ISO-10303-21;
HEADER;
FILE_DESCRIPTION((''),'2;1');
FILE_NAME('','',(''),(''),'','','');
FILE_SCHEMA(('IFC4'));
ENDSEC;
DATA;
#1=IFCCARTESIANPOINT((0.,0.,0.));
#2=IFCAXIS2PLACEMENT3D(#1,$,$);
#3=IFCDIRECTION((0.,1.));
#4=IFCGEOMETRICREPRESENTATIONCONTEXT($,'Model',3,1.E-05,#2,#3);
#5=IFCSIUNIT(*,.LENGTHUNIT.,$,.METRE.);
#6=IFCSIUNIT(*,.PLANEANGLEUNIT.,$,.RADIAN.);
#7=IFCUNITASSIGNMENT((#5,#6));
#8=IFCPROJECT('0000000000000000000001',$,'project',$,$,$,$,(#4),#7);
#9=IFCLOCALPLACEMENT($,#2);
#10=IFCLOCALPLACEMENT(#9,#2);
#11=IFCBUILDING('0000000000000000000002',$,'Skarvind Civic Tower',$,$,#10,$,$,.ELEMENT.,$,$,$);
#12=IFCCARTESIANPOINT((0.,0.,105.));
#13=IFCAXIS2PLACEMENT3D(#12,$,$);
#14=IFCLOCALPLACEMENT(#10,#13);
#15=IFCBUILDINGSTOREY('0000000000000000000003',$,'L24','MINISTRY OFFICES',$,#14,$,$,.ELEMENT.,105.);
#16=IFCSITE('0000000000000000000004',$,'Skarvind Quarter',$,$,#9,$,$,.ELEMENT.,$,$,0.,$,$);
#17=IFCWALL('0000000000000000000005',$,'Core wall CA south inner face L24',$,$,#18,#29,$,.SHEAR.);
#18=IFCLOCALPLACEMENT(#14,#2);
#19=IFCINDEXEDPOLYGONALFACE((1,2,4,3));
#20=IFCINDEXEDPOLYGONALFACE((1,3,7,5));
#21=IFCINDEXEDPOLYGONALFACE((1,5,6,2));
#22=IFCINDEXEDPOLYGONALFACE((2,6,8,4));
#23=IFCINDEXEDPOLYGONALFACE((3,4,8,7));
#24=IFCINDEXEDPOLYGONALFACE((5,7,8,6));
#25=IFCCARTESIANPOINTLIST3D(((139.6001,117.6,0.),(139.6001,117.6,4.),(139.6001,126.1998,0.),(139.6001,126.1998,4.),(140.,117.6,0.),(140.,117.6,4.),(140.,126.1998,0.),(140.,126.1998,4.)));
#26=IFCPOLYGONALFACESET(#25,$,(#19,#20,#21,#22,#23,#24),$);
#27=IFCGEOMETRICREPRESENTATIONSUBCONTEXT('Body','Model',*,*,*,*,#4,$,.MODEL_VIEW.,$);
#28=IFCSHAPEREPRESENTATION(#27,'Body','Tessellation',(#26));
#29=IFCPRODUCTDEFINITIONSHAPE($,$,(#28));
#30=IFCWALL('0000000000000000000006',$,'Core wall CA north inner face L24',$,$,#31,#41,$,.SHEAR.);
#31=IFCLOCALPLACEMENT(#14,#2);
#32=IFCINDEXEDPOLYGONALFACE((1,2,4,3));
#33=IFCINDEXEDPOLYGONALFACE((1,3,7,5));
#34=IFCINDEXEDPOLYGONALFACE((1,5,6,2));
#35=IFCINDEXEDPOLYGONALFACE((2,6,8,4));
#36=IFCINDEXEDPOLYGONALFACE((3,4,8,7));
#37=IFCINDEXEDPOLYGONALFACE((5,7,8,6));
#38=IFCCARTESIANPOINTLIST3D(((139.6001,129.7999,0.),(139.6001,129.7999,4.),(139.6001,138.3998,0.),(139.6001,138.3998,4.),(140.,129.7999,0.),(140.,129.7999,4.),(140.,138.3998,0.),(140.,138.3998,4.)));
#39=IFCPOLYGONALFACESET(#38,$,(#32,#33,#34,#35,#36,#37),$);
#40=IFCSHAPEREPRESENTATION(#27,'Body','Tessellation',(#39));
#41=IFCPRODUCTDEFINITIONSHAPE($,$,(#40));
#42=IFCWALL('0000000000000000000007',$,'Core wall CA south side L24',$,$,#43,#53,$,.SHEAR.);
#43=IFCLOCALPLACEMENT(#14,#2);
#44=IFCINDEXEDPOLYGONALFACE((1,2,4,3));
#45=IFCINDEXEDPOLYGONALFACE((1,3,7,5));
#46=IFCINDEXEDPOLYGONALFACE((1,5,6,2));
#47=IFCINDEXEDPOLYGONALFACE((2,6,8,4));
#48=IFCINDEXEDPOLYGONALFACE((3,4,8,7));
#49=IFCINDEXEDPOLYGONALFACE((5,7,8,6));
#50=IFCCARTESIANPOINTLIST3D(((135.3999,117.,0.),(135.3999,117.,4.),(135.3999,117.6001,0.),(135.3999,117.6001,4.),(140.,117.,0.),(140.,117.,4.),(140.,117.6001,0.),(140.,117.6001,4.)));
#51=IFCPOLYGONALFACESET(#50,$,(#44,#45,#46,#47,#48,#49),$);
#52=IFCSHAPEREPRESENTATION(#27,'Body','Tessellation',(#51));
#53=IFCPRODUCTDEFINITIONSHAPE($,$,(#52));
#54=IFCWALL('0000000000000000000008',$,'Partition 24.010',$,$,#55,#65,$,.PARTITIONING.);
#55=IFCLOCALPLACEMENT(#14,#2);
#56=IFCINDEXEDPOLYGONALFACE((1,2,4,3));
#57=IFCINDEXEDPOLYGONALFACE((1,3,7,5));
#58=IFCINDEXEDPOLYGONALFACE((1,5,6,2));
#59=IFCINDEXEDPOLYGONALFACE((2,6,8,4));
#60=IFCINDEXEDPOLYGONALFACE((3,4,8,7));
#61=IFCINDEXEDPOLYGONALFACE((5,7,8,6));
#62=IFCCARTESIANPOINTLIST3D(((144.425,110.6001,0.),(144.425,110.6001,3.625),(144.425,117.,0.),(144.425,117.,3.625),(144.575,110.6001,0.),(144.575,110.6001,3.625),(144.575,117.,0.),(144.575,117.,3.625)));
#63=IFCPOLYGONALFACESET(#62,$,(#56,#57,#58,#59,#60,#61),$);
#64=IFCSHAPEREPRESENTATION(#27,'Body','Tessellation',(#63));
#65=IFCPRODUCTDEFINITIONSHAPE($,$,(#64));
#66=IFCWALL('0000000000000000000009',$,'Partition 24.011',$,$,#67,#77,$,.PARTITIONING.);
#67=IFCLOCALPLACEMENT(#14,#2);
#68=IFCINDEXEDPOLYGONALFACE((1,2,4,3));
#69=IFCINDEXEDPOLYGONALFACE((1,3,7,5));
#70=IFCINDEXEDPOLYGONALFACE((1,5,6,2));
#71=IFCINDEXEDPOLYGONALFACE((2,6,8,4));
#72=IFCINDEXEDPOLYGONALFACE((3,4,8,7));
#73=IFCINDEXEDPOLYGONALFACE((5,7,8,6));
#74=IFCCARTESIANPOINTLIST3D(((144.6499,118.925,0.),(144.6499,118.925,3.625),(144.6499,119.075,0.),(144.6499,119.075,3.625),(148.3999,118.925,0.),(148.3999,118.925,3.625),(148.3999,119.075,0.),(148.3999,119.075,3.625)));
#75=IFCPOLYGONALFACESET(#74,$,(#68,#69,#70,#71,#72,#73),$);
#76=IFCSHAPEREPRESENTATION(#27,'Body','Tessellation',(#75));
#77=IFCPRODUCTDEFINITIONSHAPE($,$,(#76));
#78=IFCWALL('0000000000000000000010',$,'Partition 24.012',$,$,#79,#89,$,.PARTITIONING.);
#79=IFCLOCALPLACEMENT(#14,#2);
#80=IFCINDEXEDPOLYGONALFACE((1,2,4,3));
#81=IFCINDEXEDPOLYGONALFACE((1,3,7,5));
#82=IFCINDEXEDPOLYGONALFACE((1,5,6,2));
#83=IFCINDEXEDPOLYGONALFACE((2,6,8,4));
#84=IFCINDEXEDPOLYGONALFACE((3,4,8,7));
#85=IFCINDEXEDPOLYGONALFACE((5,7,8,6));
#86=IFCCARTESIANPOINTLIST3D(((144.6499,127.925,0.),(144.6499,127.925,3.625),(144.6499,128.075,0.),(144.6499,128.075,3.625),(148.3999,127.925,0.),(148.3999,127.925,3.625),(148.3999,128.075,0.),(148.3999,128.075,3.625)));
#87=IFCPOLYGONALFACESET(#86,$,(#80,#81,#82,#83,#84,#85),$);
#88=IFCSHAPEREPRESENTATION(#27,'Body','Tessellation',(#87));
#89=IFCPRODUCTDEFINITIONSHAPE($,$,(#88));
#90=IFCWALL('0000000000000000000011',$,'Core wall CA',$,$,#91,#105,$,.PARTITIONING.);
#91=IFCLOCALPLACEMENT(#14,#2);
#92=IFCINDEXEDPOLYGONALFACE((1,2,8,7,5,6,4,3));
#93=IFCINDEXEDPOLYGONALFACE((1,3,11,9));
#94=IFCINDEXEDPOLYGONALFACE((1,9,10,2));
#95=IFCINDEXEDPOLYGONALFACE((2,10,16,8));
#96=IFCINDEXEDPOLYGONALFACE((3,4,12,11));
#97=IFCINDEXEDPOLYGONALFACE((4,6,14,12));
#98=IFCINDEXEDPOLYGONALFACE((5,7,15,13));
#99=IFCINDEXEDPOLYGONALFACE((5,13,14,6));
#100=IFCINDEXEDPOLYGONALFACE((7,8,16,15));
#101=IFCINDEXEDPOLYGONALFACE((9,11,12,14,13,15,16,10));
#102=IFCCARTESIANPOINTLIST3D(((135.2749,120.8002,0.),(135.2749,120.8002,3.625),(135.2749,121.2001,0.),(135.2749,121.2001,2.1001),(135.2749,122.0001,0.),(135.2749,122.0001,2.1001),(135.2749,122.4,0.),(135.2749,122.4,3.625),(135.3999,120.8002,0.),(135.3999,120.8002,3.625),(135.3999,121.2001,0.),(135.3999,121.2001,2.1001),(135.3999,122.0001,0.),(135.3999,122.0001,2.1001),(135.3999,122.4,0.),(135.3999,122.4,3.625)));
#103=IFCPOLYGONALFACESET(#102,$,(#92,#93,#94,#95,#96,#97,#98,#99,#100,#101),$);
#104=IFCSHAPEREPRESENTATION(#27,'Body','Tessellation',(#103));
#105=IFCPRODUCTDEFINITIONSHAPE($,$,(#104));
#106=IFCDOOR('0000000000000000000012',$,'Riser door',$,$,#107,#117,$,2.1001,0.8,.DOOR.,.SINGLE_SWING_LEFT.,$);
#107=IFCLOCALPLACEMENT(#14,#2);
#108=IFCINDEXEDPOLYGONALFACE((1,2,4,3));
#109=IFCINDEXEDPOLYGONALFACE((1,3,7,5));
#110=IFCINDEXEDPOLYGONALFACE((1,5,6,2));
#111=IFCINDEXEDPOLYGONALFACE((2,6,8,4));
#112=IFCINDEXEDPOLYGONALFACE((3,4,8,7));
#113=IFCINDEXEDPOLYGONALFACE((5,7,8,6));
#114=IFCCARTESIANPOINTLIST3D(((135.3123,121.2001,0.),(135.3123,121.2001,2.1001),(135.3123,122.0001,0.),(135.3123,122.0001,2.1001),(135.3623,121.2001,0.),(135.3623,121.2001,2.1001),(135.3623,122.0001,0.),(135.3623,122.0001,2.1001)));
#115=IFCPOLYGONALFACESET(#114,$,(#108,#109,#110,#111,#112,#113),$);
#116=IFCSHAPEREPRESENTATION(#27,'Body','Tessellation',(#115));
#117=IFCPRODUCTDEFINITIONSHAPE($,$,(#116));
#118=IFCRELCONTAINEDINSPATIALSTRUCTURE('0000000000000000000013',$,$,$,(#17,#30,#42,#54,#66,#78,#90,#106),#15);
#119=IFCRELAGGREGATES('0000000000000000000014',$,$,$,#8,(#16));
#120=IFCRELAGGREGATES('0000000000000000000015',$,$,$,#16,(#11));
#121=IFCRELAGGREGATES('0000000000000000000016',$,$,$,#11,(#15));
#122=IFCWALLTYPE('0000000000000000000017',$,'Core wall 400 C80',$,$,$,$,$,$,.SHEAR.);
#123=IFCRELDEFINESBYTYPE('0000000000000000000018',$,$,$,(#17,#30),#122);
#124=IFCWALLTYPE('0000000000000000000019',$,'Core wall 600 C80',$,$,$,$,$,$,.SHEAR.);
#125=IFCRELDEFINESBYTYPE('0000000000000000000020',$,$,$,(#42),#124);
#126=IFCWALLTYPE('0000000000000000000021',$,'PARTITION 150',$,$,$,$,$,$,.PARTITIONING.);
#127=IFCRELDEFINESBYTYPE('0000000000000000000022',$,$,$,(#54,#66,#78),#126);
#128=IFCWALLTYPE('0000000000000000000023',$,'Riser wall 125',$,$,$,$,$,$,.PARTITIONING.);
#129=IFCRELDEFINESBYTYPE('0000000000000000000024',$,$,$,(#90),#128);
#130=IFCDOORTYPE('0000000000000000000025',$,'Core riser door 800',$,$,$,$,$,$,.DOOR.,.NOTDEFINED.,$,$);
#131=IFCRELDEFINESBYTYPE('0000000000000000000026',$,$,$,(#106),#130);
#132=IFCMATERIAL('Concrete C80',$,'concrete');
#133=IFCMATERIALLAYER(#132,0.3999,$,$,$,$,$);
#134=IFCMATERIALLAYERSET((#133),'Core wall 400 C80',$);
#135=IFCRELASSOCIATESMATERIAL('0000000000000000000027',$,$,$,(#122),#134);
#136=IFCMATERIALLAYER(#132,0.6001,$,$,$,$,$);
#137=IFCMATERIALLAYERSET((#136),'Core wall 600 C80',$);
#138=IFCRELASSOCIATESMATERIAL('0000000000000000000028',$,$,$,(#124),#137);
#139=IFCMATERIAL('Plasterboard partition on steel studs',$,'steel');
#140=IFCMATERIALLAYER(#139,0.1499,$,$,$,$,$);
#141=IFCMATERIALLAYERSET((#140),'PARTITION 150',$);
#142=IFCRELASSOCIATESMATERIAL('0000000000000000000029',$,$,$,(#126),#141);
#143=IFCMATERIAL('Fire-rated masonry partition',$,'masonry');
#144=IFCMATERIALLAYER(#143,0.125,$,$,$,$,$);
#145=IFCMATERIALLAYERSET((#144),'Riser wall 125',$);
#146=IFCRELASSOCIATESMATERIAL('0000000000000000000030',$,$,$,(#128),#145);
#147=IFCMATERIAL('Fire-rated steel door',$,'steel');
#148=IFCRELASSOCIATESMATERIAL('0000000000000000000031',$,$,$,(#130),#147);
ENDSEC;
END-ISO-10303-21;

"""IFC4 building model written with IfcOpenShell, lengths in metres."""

from ifc_helpers import new_model, si_unit, direction, frame, frame_2d, origin, place, context, subcontext, project, spatial, rectangle, extrude, material, layer, layer_set, type_object, element, fill, save


model = new_model("IFC4")

# Units and contexts
model_context = context("Model", 3, precision=1e-05, world=origin(), true_north=direction((0.0, 1.0)))
body_context = subcontext(model_context, "Body", "Model", "MODEL_VIEW")
ifc_project = project(units=[si_unit("LENGTHUNIT", "METRE"), si_unit("PLANEANGLEUNIT", "RADIAN")], contexts=[model_context])

# Site, building, storey
site_placement = place(None, origin())
site = spatial("IfcSite", under=ifc_project, at=site_placement, Name="Skarvind Quarter", CompositionType="ELEMENT", RefElevation=0.0)
building_placement = place(site_placement, origin())
building = spatial("IfcBuilding", under=site, at=building_placement, Name="Skarvind Civic Tower", CompositionType="ELEMENT")
storey_placement = place(building_placement, frame((0.0, 0.0, 105.0)))
storey = spatial("IfcBuildingStorey", under=building, at=storey_placement, Name="L24", Description="MINISTRY OFFICES", CompositionType="ELEMENT", Elevation=105.0)

# Shared definitions
ifc_material_1 = material(Name="Fire-rated masonry partition", Category="masonry")
ifc_material_2 = material(Name="Fire-rated steel door", Category="steel")
ifc_material_3 = material(Name="Concrete C80", Category="concrete")
ifc_layer_1 = layer(ifc_material_3, 0.3999)
ifc_layer_set_1 = layer_set([ifc_layer_1], Name="Core wall 400 C80")
wall_type_1 = type_object("IfcWallType", Name="Core wall 400 C80", PredefinedType="SHEAR", material=ifc_layer_set_1)

# Walls
for number, where, z_axis, x_axis, name in (
    (1, (139.8, 117.6001, 0.0), (0.0, 0.0, 1.0), (0.0, 1.0, 0.0), "Core wall CA south inner face L24"),
    (2, (139.8, 129.8, 0.0), (0.0, 0.0, 1.0), (0.0, 1.0, 0.0), "Core wall CA north inner face L24"),
):
    element("IfcWall", number, at=place(storey_placement, frame(where, z_axis=z_axis, x_axis=x_axis)), inside=storey, type_object=wall_type_1, Name=name, PredefinedType="SHEAR", context=body_context, shape_type="SweptSolid", body=[
        extrude(rectangle(XDim=8.5999, YDim=0.3999, at=frame_2d((4.2998, 0.0))), origin(), (0.0, 0.0, 1.0), 4.0),
    ])
ifc_layer_2 = layer(ifc_material_3, 0.6001)
ifc_layer_set_2 = layer_set([ifc_layer_2], Name="Core wall 600 C80")
wall_type_2 = type_object("IfcWallType", Name="Core wall 600 C80", PredefinedType="SHEAR", material=ifc_layer_set_2)
wall_1_placement = place(storey_placement, frame((135.3999, 117.3, 0.0), z_axis=(0.0, 0.0, 1.0), x_axis=(1.0, 0.0, 0.0)))
element("IfcWall", 3, at=wall_1_placement, inside=storey, type_object=wall_type_2, Name="Core wall CA south side L24", PredefinedType="SHEAR", context=body_context, shape_type="SweptSolid", body=[
    extrude(rectangle(XDim=4.6001, YDim=0.6001, at=frame_2d((2.3, 0.0))), origin(), (0.0, 0.0, 1.0), 4.0),
])
ifc_material_4 = material(Name="Plasterboard partition on steel studs", Category="steel")
ifc_layer_3 = layer(ifc_material_4, 0.1499)
ifc_layer_set_3 = layer_set([ifc_layer_3], Name="PARTITION 150")
wall_type_3 = type_object("IfcWallType", Name="PARTITION 150", PredefinedType="PARTITIONING", material=ifc_layer_set_3)
wall_2_placement = place(storey_placement, frame((144.5, 117.0, 0.0), z_axis=(0.0, 0.0, 1.0), x_axis=(0.0, -1.0, 0.0)))
element("IfcWall", 4, at=wall_2_placement, inside=storey, type_object=wall_type_3, Name="Partition 24.010", PredefinedType="PARTITIONING", context=body_context, shape_type="SweptSolid", body=[
    extrude(rectangle(XDim=6.3999, YDim=0.1499, at=frame_2d((3.2, 0.0))), origin(), (0.0, 0.0, 1.0), 3.625),
])
for number, where, z_axis, x_axis, name in (
    (5, (144.6499, 119.0, 0.0), (0.0, 0.0, 1.0), (1.0, 0.0, 0.0), "Partition 24.011"),
    (6, (144.6499, 128.0, 0.0), (0.0, 0.0, 1.0), (1.0, 0.0, 0.0), "Partition 24.012"),
):
    element("IfcWall", number, at=place(storey_placement, frame(where, z_axis=z_axis, x_axis=x_axis)), inside=storey, type_object=wall_type_3, Name=name, PredefinedType="PARTITIONING", context=body_context, shape_type="SweptSolid", body=[
        extrude(rectangle(XDim=3.75, YDim=0.1499, at=frame_2d((1.875, 0.0))), origin(), (0.0, 0.0, 1.0), 3.625),
    ])

# Wall, opening, door
ifc_layer_4 = layer(ifc_material_1, 0.125)
ifc_layer_set_4 = layer_set([ifc_layer_4], Name="Riser wall 125")
wall_type_4 = type_object("IfcWallType", Name="Riser wall 125", PredefinedType="PARTITIONING", material=ifc_layer_set_4)
wall_3_placement = place(storey_placement, frame((135.3374, 122.3999, 0.0), z_axis=(0.0, 0.0, 1.0), x_axis=(0.0, -1.0, 0.0)))
wall_3 = element("IfcWall", 7, at=wall_3_placement, inside=storey, type_object=wall_type_4, Name="Core wall CA", PredefinedType="PARTITIONING", context=body_context, shape_type="SweptSolid", body=[
    extrude(rectangle(XDim=1.5999, YDim=0.125, at=frame_2d((0.7998, 0.0))), origin(), (0.0, 0.0, 1.0), 3.625),
])
opening_1_placement = place(wall_3_placement, frame((0.3999, 0.0, 0.0)))
opening_1 = element("IfcOpeningElement", 8, at=opening_1_placement, cuts=wall_3, PredefinedType="OPENING", context=body_context, shape_type="SweptSolid", body=[
    extrude(rectangle(XDim=0.8, YDim=2.1001, at=frame_2d((0.3999, 1.05))), frame((0.0, 0.0725, 0.0), z_axis=(0.0, -1.0, 0.0), x_axis=(1.0, 0.0, 0.0)), (0.0, 0.0, 1.0), 0.145),
])
door_type_1 = type_object("IfcDoorType", Name="Core riser door 800", OperationType="NOTDEFINED", PredefinedType="DOOR", material=ifc_material_2)
door_1_placement = place(opening_1_placement, origin())
door_1 = element("IfcDoor", 9, at=door_1_placement, inside=storey, type_object=door_type_1, Name="Riser door", OperationType="SINGLE_SWING_LEFT", OverallHeight=2.1001, OverallWidth=0.8, PredefinedType="DOOR", context=body_context, shape_type="SweptSolid", body=[
    extrude(rectangle(XDim=0.8, YDim=2.1001, at=frame_2d((0.3999, 1.05))), frame((0.0, 0.0249, 0.0), z_axis=(0.0, -1.0, 0.0), x_axis=(1.0, 0.0, 0.0)), (0.0, 0.0, 1.0), 0.05),
])
fill(opening_1, door_1)

save(model, "model.ifc")
